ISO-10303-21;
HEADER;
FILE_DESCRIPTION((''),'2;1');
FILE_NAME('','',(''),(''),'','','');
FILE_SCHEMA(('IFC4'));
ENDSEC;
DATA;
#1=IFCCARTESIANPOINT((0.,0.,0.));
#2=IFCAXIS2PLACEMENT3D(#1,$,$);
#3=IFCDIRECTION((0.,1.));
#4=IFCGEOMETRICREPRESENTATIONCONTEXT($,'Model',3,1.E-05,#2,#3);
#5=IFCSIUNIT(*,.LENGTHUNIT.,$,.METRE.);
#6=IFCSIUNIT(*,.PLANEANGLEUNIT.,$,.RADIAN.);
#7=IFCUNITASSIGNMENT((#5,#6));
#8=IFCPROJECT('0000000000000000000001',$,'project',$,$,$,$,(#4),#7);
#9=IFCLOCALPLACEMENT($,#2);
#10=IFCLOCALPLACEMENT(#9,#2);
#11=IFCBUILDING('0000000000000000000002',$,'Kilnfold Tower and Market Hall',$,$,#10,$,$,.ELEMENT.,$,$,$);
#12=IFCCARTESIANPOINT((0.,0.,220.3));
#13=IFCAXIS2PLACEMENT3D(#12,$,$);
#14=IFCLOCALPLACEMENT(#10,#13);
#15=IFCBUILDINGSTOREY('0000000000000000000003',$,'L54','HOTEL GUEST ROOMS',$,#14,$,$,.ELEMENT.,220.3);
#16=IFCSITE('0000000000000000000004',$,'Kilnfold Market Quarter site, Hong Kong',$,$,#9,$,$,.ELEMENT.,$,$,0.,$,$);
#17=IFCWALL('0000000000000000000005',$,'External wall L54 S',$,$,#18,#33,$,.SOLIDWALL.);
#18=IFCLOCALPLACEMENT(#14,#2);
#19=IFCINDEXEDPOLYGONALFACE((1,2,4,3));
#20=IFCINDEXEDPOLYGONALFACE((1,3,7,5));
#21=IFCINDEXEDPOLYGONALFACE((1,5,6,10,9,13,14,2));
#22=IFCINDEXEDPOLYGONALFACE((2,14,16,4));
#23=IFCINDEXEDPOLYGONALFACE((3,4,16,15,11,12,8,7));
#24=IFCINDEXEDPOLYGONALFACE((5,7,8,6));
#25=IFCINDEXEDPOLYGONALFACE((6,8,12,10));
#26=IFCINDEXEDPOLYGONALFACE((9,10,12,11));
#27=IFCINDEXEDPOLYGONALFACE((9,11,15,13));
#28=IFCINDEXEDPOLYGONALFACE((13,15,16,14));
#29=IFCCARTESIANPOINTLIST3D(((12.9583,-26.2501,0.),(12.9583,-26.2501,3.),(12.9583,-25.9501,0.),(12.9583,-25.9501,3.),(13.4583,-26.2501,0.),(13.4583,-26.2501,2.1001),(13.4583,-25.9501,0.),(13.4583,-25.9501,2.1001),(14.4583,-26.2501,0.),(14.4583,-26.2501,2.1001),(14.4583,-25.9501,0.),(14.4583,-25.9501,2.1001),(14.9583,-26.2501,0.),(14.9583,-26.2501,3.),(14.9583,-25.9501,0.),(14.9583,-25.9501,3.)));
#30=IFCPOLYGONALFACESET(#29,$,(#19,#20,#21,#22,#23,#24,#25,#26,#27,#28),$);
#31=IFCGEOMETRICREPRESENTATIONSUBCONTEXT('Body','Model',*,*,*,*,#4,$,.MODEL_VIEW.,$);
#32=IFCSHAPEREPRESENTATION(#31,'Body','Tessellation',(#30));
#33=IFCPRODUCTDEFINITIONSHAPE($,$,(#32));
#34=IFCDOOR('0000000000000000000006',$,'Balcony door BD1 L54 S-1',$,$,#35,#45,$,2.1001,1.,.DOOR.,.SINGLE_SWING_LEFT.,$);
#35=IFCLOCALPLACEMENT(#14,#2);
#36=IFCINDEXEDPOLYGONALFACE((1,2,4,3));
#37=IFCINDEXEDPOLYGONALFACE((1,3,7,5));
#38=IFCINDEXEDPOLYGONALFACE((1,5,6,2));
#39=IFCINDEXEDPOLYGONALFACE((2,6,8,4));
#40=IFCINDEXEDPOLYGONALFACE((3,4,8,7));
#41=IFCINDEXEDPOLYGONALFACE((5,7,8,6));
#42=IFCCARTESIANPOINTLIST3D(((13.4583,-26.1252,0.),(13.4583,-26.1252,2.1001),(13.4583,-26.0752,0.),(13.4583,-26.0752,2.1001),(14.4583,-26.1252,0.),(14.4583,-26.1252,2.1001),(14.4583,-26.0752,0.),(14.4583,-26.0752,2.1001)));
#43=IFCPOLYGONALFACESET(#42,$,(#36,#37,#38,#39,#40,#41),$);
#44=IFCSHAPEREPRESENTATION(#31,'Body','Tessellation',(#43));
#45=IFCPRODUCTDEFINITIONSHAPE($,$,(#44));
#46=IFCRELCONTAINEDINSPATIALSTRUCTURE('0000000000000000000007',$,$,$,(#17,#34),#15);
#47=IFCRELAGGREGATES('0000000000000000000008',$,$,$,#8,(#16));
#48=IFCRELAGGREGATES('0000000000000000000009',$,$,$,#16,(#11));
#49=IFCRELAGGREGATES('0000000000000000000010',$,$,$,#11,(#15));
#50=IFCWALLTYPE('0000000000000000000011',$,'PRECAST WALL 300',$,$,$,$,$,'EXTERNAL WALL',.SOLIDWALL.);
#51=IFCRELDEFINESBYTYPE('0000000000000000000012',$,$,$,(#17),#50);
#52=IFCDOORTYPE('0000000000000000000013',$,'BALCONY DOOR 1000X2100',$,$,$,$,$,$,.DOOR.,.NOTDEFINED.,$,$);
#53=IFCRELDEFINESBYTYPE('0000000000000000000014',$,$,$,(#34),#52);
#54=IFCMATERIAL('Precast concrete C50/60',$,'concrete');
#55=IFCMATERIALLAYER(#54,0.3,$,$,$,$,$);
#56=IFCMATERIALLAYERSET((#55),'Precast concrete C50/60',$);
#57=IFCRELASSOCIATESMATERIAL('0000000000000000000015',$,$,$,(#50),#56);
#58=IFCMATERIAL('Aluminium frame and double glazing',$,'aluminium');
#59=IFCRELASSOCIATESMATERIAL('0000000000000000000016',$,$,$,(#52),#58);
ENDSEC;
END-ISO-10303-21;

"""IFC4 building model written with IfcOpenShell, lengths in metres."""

from ifc_helpers import new_model, si_unit, direction, frame, frame_2d, origin, place, context, subcontext, project, spatial, rectangle, extrude, source, transform, mapped, material, layer, layer_set, type_object, element, fill, save


model = new_model("IFC4")

# Units and contexts
model_context = context("Model", 3, precision=1e-05, world=origin(), true_north=direction((0.0, 1.0)))
body_context = subcontext(model_context, "Body", "Model", "MODEL_VIEW")
ifc_project = project(units=[si_unit("LENGTHUNIT", "METRE"), si_unit("PLANEANGLEUNIT", "RADIAN")], contexts=[model_context])

# Site, building, storey
site_placement = place(None, origin())
site = spatial("IfcSite", under=ifc_project, at=site_placement, Name="Kilnfold Market Quarter site, Hong Kong", CompositionType="ELEMENT", RefElevation=0.0)
building_placement = place(site_placement, origin())
building = spatial("IfcBuilding", under=site, at=building_placement, Name="Kilnfold Tower and Market Hall", CompositionType="ELEMENT")
storey_placement = place(building_placement, frame((0.0, 0.0, 220.3)))
storey = spatial("IfcBuildingStorey", under=building, at=storey_placement, Name="L54", Description="HOTEL GUEST ROOMS", CompositionType="ELEMENT", Elevation=220.3)

# Wall, opening, door
ifc_material_1 = material(Name="Precast concrete C50/60", Category="concrete")
ifc_layer_1 = layer(ifc_material_1, 0.3)
ifc_layer_set_1 = layer_set([ifc_layer_1], Name="Precast concrete C50/60")
wall_type_1 = type_object("IfcWallType", Name="PRECAST WALL 300", ElementType="EXTERNAL WALL", PredefinedType="SOLIDWALL", material=ifc_layer_set_1)
shared_shape_1 = source(origin(), body_context, "Body", "SweptSolid", [
    extrude(rectangle(XDim=2.0, YDim=0.3, at=frame_2d((1.0, 0.0))), origin(), (0.0, 0.0, 1.0), 3.0),
])
ifc_material_2 = material(Name="Aluminium frame and double glazing", Category="aluminium")
door_type = type_object("IfcDoorType", Name="BALCONY DOOR 1000X2100", OperationType="NOTDEFINED", PredefinedType="DOOR", material=ifc_material_2)
wall_1_placement = place(storey_placement, frame((12.9583, -26.1001, 0.0), z_axis=(0.0, 0.0, 1.0), x_axis=(1.0, 0.0, 0.0)))
wall_1 = element("IfcWall", 1, at=wall_1_placement, inside=storey, type_object=wall_type_1, Name="External wall L54 S", PredefinedType="SOLIDWALL", context=body_context, shape_type="MappedRepresentation", body=[
    mapped(shared_shape_1, transform((0.0, 0.0, 0.0))),
])
opening_1_placement = place(wall_1_placement, frame((0.5, 0.0, 0.0)))
opening_1 = element("IfcOpeningElement", 2, at=opening_1_placement, cuts=wall_1, PredefinedType="OPENING", context=body_context, shape_type="SweptSolid", body=[
    extrude(rectangle(XDim=1.0, YDim=2.1001, at=frame_2d((0.5, 1.05))), frame((0.0, 0.1602, 0.0), z_axis=(0.0, -1.0, 0.0), x_axis=(1.0, 0.0, 0.0)), (0.0, 0.0, 1.0), 0.3201),
])
door_1_placement = place(opening_1_placement, origin())
door_1 = element("IfcDoor", 3, at=door_1_placement, inside=storey, type_object=door_type, Name="Balcony door BD1 L54 S-1", OperationType="SINGLE_SWING_LEFT", OverallHeight=2.1001, OverallWidth=1.0, PredefinedType="DOOR", context=body_context, shape_type="SweptSolid", body=[
    extrude(rectangle(XDim=1.0, YDim=2.1001, at=frame_2d((0.5, 1.05))), frame((0.0, 0.0249, 0.0), z_axis=(0.0, -1.0, 0.0), x_axis=(1.0, 0.0, 0.0)), (0.0, 0.0, 1.0), 0.05),
])
fill(opening_1, door_1)

save(model, "model.ifc")
